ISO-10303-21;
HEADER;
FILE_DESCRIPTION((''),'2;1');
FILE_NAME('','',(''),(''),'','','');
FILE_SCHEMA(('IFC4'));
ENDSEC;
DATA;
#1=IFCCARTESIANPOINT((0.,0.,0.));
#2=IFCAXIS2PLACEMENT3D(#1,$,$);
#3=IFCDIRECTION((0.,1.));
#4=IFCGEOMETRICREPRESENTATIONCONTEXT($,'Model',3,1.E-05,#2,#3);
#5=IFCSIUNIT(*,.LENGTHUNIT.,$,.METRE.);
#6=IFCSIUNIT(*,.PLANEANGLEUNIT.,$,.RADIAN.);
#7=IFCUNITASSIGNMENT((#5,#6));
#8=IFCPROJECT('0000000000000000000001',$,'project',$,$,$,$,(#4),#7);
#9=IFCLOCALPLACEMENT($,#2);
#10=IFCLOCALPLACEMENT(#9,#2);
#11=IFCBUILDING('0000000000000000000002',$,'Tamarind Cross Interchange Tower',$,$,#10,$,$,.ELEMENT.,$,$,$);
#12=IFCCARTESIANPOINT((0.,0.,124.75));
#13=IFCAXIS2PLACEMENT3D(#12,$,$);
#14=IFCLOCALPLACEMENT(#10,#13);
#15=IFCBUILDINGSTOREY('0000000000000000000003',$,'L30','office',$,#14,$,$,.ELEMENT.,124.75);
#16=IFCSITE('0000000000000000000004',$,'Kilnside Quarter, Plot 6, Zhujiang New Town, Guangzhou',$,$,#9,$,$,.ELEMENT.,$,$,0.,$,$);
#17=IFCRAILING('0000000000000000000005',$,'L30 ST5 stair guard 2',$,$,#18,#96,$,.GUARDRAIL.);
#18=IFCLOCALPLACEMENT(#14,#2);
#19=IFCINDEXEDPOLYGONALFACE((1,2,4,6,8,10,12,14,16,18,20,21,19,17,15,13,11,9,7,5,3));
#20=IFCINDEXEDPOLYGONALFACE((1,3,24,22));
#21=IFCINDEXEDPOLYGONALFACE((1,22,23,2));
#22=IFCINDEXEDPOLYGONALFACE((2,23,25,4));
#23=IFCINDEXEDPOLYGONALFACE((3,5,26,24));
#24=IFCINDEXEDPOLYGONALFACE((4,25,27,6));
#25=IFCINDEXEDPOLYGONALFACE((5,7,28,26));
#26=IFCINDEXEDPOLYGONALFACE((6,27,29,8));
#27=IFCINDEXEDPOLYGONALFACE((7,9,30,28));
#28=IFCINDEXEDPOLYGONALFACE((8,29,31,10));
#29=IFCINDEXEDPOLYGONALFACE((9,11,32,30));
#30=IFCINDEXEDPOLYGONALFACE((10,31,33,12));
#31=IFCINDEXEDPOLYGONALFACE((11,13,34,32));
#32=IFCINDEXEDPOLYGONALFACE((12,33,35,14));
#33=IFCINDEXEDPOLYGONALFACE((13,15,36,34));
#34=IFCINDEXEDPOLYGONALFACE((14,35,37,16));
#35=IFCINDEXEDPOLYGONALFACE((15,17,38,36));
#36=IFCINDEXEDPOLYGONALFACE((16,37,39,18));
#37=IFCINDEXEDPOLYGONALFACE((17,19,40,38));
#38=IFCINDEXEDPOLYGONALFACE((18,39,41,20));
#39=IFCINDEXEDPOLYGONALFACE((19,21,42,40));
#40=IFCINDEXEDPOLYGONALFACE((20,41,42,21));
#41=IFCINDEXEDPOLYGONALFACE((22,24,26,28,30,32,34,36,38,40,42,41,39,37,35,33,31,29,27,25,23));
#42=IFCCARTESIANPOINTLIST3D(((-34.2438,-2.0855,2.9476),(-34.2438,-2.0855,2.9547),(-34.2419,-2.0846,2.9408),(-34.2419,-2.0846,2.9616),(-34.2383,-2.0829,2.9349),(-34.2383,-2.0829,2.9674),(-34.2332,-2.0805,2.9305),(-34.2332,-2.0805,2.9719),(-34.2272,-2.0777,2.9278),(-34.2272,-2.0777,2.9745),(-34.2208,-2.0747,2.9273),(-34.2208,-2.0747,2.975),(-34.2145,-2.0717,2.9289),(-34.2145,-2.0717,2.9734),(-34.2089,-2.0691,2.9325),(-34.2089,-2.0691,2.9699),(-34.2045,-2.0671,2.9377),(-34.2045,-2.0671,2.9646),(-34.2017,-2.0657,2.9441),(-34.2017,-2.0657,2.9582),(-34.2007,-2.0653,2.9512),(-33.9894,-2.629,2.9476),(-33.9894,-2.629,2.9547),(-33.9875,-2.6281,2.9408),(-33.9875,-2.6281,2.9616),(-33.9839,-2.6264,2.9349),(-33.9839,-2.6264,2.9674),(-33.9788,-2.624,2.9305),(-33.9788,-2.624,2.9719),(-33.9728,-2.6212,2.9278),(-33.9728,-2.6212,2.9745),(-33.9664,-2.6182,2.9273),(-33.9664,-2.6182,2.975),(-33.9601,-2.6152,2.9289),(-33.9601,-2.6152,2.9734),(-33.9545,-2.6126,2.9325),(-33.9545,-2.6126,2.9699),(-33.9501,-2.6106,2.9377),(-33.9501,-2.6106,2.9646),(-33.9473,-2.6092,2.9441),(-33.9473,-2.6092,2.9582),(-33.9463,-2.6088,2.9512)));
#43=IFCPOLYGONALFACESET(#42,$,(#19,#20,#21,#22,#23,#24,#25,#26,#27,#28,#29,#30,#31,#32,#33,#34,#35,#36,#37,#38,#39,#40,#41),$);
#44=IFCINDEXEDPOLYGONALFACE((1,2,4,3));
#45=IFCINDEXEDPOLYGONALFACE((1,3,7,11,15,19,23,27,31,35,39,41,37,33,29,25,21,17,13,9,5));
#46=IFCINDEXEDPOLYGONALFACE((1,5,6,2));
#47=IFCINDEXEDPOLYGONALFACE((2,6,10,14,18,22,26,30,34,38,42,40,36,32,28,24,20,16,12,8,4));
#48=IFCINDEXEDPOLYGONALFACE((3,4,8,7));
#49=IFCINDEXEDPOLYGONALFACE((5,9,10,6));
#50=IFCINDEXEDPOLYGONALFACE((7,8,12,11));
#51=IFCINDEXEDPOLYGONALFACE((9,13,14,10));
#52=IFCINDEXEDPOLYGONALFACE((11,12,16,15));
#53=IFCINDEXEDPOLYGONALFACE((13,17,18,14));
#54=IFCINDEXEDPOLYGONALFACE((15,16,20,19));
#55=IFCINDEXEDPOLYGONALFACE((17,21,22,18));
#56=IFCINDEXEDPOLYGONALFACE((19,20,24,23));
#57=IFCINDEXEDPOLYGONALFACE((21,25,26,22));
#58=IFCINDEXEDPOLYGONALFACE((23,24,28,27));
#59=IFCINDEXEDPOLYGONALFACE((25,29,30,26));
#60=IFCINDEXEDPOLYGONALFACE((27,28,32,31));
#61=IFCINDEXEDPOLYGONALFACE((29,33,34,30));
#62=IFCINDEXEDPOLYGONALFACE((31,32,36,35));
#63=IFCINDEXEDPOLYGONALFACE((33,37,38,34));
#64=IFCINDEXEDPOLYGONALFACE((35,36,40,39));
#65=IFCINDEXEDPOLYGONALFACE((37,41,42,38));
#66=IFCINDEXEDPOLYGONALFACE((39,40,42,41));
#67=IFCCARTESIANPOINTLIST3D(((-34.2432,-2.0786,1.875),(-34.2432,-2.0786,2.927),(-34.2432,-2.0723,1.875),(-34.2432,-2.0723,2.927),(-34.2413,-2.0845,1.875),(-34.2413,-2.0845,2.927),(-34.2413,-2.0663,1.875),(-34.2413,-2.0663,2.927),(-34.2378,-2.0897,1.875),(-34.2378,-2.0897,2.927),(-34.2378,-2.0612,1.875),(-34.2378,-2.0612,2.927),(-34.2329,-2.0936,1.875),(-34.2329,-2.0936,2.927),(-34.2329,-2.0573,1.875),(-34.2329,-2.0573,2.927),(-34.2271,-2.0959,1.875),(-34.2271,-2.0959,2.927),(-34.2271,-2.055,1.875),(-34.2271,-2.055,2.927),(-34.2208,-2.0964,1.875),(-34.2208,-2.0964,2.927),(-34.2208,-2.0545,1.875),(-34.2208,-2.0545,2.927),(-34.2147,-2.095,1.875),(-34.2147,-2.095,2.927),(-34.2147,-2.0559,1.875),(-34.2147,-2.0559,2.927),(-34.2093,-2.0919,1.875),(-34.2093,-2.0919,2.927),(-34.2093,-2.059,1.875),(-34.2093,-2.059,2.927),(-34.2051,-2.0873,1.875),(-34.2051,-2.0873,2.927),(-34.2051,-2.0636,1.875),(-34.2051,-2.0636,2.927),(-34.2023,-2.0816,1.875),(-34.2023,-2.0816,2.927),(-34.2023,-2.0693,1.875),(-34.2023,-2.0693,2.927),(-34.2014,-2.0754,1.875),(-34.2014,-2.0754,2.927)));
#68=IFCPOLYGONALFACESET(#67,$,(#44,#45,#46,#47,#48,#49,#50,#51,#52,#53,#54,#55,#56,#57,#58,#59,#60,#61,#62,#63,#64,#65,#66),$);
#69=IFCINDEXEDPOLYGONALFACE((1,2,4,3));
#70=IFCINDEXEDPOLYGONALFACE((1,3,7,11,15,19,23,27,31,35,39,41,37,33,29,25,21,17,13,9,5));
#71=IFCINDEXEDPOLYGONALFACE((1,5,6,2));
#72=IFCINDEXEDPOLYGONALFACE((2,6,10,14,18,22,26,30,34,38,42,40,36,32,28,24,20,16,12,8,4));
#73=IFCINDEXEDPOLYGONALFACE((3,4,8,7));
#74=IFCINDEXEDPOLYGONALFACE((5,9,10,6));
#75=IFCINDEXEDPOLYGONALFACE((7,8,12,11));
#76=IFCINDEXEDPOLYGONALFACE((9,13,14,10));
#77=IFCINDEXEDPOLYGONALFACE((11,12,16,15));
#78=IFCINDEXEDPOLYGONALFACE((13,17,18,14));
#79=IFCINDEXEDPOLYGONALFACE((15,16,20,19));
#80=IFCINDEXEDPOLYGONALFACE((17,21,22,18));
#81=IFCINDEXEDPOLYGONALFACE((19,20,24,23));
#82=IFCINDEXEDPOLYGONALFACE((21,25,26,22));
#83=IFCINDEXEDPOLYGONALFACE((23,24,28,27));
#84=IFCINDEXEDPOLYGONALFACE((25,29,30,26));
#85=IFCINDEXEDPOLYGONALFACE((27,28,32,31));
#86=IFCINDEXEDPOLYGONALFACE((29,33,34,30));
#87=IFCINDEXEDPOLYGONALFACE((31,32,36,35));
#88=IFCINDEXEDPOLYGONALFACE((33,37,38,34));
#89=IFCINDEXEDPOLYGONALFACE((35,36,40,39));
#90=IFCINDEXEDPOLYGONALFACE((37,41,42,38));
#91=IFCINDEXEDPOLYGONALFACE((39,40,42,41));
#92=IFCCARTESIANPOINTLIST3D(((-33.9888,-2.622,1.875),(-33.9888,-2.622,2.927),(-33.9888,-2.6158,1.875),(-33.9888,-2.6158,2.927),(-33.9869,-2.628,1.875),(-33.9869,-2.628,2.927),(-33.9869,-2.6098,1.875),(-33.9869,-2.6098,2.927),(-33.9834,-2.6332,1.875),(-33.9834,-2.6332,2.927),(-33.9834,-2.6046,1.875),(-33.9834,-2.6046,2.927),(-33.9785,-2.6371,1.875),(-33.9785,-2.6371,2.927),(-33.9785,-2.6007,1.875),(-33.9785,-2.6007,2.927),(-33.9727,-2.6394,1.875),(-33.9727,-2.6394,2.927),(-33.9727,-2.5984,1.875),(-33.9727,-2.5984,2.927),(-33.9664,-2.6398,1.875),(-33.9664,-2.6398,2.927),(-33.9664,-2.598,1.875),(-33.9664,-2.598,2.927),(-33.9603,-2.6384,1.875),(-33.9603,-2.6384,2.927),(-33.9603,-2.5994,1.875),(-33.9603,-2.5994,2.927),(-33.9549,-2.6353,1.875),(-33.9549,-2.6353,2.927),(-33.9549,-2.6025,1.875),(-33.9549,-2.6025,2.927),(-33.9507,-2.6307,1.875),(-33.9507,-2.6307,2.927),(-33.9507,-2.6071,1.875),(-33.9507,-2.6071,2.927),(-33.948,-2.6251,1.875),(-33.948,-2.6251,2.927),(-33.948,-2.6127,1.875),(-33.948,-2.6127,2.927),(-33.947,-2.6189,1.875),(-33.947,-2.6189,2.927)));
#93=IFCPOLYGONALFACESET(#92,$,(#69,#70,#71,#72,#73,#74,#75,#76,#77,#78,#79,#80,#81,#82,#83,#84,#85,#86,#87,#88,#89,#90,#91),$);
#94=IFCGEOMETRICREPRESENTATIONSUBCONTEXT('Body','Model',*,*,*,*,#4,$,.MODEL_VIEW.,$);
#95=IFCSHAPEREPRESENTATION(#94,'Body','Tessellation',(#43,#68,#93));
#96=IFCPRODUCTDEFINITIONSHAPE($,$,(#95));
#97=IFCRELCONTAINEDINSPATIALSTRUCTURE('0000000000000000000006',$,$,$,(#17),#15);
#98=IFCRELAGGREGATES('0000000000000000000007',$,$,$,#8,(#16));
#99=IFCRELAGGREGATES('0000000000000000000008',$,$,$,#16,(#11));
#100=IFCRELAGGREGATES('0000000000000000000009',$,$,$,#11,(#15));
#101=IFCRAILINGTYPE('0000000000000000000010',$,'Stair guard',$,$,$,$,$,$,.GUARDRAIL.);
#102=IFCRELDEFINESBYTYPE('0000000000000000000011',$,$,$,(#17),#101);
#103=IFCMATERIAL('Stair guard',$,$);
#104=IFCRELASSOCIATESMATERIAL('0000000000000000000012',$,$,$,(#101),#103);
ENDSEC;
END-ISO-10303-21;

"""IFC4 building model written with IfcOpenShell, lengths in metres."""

from ifc_helpers import new_model, si_unit, direction, frame, origin, origin_2d, place, context, subcontext, project, spatial, circle, extrude, material, type_object, element, save


model = new_model("IFC4")

# Units and contexts
model_context = context("Model", 3, precision=1e-05, world=origin(), true_north=direction((0.0, 1.0)))
body_context = subcontext(model_context, "Body", "Model", "MODEL_VIEW")
ifc_project = project(units=[si_unit("LENGTHUNIT", "METRE"), si_unit("PLANEANGLEUNIT", "RADIAN")], contexts=[model_context])

# Site, building, storey
site_placement = place(None, origin())
site = spatial("IfcSite", under=ifc_project, at=site_placement, Name="Kilnside Quarter, Plot 6, Zhujiang New Town, Guangzhou", CompositionType="ELEMENT", RefElevation=0.0)
building_placement = place(site_placement, origin())
building = spatial("IfcBuilding", under=site, at=building_placement, Name="Tamarind Cross Interchange Tower", CompositionType="ELEMENT")
storey_placement = place(building_placement, frame((0.0, 0.0, 124.75)))
storey = spatial("IfcBuildingStorey", under=building, at=storey_placement, Name="L30", Description="office", CompositionType="ELEMENT", Elevation=124.75)

# Railing
ifc_material_1 = material(Name="Stair guard")
railing_type_1 = type_object("IfcRailingType", Name="Stair guard", PredefinedType="GUARDRAIL", material=ifc_material_1)
railing_1_placement = place(storey_placement, frame((-34.2224, -2.0754, 1.875)))
element("IfcRailing", 1, at=railing_1_placement, inside=storey, type_object=railing_type_1, Name="L30 ST5 stair guard 2", PredefinedType="GUARDRAIL", context=body_context, shape_type="SweptSolid", body=[
    extrude(circle(Radius=0.0239, at=origin_2d()), frame((0.0, 0.0, 1.0762), z_axis=(0.423954, -0.905684, 0.0), x_axis=(0.905684, 0.423954, 0.0)), (0.0, 0.0, 1.0), 0.6001),
    extrude(circle(Radius=0.021, at=origin_2d()), origin(), (0.0, 0.0, 1.0), 1.052),
    extrude(circle(Radius=0.021, at=origin_2d()), frame((0.2544, -0.5435, 0.0)), (0.0, 0.0, 1.0), 1.052),
])

save(model, "model.ifc")
